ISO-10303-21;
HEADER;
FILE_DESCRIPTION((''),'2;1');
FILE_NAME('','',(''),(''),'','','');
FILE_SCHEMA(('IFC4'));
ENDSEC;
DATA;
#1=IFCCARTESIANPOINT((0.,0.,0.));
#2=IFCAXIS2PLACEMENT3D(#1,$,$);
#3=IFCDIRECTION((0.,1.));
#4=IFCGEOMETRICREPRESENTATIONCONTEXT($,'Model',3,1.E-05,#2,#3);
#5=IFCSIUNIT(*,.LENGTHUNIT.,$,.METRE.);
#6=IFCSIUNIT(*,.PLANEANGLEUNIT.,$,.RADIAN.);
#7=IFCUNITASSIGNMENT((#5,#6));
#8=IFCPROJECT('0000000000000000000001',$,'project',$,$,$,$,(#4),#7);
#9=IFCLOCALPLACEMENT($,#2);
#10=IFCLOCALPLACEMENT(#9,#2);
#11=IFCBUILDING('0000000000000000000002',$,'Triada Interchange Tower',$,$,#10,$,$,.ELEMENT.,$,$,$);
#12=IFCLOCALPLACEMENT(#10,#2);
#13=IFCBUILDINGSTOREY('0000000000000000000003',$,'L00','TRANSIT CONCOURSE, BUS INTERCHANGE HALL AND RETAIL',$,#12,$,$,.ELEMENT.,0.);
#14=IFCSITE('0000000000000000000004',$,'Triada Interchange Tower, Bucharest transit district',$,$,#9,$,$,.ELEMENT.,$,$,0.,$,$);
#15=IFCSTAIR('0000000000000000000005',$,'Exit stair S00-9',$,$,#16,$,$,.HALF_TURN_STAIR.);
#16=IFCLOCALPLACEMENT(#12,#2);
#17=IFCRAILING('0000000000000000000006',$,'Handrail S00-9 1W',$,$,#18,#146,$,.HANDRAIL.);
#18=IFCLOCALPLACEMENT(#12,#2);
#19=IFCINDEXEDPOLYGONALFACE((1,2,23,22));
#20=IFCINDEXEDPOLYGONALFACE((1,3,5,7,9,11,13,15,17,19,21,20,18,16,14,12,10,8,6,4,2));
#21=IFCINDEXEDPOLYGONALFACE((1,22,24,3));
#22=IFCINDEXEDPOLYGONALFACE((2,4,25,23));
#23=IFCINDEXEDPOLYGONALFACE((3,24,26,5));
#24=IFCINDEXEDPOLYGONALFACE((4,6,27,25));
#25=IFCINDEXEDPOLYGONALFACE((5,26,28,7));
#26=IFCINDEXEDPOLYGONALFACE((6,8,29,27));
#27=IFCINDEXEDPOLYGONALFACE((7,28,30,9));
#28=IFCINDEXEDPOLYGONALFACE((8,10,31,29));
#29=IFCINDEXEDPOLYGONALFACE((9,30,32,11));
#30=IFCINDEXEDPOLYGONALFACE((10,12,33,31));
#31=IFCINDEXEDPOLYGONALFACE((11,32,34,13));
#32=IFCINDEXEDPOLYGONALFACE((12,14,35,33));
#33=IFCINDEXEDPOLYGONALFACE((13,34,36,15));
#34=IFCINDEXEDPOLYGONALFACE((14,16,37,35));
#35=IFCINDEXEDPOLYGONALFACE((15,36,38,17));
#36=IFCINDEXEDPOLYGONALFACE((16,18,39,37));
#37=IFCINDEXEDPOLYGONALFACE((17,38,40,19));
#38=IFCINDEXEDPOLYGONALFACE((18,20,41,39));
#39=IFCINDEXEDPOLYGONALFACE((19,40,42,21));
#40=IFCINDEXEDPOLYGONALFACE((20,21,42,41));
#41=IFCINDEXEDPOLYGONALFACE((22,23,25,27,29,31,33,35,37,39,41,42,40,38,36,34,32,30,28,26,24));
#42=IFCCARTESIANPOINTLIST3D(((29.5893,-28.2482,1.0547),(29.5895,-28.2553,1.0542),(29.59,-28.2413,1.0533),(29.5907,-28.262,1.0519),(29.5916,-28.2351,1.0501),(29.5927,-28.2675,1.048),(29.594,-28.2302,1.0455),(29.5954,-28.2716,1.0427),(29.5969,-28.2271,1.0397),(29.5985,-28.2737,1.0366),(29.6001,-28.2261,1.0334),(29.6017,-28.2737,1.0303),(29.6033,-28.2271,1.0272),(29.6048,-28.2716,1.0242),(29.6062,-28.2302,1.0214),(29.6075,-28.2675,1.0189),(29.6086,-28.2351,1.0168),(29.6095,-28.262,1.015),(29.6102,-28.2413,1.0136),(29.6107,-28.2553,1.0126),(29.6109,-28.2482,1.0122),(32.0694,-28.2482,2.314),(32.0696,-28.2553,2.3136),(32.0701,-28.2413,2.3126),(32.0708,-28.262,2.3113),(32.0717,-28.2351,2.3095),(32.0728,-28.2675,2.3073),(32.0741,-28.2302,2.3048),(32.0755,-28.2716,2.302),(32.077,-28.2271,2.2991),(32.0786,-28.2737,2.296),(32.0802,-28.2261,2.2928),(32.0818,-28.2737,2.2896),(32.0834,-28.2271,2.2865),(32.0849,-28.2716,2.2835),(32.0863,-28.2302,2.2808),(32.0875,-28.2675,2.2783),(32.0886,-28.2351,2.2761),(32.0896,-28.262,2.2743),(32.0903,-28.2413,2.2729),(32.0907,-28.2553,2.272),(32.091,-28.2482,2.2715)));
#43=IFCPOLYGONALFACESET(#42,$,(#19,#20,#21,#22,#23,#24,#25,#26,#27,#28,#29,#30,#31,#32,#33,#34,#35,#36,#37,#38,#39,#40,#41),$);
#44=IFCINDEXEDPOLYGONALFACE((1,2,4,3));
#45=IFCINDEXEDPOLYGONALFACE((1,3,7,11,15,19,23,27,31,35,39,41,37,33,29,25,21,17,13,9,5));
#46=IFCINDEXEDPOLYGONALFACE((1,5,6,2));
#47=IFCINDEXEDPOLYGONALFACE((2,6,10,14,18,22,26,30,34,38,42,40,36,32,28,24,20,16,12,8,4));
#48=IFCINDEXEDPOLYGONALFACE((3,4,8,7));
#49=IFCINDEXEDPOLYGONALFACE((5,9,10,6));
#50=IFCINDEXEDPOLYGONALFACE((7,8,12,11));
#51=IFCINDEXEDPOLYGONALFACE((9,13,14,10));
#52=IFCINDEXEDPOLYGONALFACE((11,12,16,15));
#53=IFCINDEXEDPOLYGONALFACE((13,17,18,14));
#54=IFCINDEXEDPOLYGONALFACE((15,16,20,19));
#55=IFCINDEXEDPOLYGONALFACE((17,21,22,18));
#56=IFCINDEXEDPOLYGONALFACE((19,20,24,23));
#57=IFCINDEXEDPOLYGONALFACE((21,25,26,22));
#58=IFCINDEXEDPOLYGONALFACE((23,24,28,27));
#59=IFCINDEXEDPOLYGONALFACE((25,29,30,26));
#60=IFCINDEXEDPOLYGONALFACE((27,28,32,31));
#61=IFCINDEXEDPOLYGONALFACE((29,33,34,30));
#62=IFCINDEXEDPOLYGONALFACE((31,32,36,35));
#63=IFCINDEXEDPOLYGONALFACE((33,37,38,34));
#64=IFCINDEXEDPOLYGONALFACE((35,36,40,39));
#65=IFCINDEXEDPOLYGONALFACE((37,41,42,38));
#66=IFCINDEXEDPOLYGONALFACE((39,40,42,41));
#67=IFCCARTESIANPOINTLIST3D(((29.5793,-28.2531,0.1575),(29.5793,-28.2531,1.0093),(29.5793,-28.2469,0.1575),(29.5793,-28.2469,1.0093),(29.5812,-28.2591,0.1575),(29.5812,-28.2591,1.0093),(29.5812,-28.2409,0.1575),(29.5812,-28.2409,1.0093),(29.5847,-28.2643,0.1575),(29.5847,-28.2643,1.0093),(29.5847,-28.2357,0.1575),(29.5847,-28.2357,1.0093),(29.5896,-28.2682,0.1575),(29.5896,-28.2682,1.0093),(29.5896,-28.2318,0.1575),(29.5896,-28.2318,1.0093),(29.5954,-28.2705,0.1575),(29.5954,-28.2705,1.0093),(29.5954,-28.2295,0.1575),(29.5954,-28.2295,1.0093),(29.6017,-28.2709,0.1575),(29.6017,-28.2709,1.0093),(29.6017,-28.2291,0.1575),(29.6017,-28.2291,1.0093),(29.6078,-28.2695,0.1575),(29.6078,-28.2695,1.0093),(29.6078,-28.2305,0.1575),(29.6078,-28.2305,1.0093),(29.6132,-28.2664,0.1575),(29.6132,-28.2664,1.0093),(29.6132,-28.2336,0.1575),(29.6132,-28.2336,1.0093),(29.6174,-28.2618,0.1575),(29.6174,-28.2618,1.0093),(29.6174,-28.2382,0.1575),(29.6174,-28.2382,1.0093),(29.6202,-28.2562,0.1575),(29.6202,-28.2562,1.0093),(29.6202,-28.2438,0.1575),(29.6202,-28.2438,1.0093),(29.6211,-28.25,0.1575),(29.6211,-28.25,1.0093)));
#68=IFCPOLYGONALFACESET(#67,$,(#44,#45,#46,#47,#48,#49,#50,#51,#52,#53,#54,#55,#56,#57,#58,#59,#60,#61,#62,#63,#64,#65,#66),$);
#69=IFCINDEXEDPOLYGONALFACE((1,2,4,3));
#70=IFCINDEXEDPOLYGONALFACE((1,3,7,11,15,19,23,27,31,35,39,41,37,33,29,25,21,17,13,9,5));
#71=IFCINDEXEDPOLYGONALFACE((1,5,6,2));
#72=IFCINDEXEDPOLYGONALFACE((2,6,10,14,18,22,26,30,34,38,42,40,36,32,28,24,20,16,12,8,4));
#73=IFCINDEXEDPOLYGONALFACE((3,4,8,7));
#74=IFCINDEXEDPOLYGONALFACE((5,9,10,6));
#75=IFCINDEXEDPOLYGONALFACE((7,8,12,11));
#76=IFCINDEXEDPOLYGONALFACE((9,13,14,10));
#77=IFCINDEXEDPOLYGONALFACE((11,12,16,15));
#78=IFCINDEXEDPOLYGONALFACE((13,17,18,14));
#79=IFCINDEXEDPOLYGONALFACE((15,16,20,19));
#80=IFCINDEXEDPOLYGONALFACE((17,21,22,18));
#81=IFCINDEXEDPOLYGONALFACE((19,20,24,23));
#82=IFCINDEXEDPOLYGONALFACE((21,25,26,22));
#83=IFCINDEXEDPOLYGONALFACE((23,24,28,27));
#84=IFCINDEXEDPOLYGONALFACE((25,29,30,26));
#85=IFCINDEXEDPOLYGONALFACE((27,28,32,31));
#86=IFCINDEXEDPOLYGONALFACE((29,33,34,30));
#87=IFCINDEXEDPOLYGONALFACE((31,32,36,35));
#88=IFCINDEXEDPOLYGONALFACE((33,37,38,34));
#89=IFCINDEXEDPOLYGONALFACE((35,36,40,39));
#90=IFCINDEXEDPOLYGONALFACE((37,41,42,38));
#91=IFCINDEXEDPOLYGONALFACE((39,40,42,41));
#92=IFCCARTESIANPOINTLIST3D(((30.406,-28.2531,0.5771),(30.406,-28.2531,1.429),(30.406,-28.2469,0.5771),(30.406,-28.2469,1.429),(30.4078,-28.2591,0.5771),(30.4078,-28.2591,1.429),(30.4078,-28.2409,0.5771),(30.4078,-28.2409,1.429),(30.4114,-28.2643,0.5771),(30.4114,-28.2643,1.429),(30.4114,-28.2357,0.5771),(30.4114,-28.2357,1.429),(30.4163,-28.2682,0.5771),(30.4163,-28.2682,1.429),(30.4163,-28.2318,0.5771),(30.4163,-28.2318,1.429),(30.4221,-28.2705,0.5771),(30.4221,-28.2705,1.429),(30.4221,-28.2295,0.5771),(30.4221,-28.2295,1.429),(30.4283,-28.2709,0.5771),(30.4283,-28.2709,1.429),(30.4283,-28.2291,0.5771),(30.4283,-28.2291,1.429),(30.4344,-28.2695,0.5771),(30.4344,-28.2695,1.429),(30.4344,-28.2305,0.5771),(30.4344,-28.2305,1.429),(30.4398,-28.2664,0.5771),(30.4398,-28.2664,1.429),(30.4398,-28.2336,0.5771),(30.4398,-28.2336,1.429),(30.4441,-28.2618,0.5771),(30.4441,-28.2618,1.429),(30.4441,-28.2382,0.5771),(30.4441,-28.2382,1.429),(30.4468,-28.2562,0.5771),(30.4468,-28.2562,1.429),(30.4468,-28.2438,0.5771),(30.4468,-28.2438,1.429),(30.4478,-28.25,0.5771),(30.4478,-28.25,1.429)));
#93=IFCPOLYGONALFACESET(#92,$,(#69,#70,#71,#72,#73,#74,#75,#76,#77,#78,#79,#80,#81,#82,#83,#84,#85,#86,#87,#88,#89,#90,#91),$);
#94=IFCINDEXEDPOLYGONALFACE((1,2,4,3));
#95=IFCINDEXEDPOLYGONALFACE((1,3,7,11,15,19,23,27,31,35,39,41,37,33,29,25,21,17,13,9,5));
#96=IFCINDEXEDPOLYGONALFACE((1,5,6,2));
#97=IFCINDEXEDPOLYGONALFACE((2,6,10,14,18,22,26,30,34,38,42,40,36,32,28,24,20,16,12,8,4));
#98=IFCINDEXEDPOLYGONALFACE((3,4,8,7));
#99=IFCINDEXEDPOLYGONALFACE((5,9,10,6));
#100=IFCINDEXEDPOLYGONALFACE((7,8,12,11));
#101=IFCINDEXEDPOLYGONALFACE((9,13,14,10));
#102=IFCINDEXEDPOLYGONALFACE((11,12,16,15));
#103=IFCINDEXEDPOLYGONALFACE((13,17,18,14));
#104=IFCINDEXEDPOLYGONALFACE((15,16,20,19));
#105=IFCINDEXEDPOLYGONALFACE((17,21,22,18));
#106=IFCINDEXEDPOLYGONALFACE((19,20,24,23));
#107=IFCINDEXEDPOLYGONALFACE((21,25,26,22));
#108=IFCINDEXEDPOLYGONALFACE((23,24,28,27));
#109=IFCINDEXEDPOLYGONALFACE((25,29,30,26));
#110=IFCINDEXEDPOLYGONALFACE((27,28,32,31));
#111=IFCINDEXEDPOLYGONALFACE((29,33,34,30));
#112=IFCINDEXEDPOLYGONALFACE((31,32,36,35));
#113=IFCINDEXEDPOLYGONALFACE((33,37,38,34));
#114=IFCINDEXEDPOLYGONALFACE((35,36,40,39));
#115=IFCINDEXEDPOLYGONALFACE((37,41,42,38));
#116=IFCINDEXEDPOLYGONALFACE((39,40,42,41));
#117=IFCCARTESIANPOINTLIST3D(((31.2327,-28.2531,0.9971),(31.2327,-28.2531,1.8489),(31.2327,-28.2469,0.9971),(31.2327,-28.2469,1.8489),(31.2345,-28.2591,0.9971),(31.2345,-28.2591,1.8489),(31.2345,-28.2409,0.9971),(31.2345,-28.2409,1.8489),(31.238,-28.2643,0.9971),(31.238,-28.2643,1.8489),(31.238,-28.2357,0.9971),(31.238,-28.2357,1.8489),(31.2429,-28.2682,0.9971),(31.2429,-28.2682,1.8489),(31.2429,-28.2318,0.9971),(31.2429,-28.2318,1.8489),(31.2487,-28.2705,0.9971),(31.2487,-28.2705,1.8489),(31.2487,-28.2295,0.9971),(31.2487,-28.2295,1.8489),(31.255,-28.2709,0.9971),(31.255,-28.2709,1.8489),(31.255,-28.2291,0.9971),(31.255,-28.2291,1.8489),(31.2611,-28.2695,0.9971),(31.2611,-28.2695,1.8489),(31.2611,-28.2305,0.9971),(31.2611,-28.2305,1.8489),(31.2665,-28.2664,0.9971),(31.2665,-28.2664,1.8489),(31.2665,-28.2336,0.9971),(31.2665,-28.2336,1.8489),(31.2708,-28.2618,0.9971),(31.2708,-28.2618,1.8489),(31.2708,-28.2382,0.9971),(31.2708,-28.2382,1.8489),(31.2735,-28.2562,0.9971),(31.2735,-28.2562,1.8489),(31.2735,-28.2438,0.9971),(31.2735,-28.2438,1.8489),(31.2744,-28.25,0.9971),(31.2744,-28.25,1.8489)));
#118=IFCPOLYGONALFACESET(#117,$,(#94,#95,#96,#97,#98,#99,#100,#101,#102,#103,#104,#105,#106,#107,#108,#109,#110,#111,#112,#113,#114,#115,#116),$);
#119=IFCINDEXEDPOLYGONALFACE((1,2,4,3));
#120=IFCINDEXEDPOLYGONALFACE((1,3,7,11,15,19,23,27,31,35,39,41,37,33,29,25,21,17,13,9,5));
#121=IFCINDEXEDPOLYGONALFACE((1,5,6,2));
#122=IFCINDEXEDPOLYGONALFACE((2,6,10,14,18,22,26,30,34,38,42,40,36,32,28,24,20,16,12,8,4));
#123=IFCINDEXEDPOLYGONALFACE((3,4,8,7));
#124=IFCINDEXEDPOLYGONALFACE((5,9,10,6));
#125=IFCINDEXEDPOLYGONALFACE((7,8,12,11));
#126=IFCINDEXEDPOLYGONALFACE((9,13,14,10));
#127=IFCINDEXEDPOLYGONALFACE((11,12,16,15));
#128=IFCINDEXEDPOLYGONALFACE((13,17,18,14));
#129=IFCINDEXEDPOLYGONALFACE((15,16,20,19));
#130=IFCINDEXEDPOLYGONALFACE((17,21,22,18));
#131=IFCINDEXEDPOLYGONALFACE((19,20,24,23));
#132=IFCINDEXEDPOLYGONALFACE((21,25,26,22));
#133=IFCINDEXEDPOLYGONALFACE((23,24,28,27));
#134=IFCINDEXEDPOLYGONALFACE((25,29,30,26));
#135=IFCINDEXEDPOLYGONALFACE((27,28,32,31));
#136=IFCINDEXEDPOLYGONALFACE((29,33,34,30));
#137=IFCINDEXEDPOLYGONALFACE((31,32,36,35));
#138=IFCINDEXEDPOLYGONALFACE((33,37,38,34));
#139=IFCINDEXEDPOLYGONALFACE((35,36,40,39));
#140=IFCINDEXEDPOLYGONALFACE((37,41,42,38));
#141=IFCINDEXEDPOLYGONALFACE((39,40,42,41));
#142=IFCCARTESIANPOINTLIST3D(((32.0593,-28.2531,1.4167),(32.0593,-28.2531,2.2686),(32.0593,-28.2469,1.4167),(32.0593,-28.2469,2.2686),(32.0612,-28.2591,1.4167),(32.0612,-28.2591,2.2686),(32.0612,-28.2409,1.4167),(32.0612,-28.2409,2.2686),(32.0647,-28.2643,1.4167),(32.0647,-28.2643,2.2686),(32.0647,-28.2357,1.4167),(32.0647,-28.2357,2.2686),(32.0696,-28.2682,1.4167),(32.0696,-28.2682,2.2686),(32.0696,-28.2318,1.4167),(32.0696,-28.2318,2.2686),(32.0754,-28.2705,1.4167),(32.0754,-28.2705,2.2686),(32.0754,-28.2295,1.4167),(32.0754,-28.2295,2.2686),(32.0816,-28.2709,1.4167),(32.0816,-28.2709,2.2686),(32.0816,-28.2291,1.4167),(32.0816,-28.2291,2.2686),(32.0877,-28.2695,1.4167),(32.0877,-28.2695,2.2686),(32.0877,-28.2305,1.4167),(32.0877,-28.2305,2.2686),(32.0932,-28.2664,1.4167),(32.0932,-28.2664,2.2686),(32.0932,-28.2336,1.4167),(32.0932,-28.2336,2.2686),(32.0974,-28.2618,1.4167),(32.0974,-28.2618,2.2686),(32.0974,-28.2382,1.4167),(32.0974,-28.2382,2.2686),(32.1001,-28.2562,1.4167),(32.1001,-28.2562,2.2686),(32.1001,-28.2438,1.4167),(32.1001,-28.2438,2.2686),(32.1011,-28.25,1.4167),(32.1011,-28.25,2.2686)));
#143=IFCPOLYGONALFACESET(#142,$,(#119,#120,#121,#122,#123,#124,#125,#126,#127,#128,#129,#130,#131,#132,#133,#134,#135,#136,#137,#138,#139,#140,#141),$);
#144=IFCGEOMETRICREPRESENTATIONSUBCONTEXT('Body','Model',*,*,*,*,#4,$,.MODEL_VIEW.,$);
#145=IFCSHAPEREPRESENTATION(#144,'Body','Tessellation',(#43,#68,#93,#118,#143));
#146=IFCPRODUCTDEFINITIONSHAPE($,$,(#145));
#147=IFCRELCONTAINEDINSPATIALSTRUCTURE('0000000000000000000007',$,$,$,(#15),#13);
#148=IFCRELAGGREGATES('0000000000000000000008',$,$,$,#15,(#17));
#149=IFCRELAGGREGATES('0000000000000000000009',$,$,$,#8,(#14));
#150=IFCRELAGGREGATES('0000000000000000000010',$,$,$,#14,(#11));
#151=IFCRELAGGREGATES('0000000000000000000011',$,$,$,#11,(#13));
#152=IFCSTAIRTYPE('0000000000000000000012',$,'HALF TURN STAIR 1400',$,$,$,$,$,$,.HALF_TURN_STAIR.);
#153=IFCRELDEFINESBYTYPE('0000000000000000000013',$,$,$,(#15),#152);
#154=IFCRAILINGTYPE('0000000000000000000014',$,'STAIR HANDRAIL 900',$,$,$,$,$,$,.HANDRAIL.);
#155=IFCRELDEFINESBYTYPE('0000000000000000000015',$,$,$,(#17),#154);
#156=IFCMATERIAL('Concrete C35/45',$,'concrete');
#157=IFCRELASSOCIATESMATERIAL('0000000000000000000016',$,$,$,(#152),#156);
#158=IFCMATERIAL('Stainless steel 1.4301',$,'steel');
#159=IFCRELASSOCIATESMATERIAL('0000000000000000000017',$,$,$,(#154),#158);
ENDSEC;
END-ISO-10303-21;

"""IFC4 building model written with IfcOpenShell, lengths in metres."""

from ifc_helpers import new_model, si_unit, direction, frame, origin, origin_2d, place, context, subcontext, project, spatial, circle, extrude, material, type_object, element, aggregate, save


model = new_model("IFC4")

# Units and contexts
model_context = context("Model", 3, precision=1e-05, world=origin(), true_north=direction((0.0, 1.0)))
body_context = subcontext(model_context, "Body", "Model", "MODEL_VIEW")
ifc_project = project(units=[si_unit("LENGTHUNIT", "METRE"), si_unit("PLANEANGLEUNIT", "RADIAN")], contexts=[model_context])

# Site, building, storey
site_placement = place(None, origin())
site = spatial("IfcSite", under=ifc_project, at=site_placement, Name="Triada Interchange Tower, Bucharest transit district", CompositionType="ELEMENT", RefElevation=0.0)
building_placement = place(site_placement, origin())
building = spatial("IfcBuilding", under=site, at=building_placement, Name="Triada Interchange Tower", CompositionType="ELEMENT")
storey_placement = place(building_placement, origin())
storey = spatial("IfcBuildingStorey", under=building, at=storey_placement, Name="L00", Description="TRANSIT CONCOURSE, BUS INTERCHANGE HALL AND RETAIL", CompositionType="ELEMENT", Elevation=0.0)

# Stair, railing
ifc_material_1 = material(Name="Concrete C35/45", Category="concrete")
stair_type = type_object("IfcStairType", Name="HALF TURN STAIR 1400", PredefinedType="HALF_TURN_STAIR", material=ifc_material_1)
stair_placement = place(storey_placement, origin())
stair = element("IfcStair", 1, at=stair_placement, inside=storey, type_object=stair_type, Name="Exit stair S00-9", PredefinedType="HALF_TURN_STAIR")
ifc_material_2 = material(Name="Stainless steel 1.4301", Category="steel")
railing_type = type_object("IfcRailingType", Name="STAIR HANDRAIL 900", PredefinedType="HANDRAIL", material=ifc_material_2)
railing_1_placement = place(storey_placement, frame((29.6001, -28.25, 0.1575)))
railing_1 = element("IfcRailing", 2, at=railing_1_placement, type_object=railing_type, Name="Handrail S00-9 1W", PredefinedType="HANDRAIL", context=body_context, shape_type="SweptSolid", body=[
    extrude(circle(Radius=0.0239, at=origin_2d()), frame((0.0, 0.0, 0.876), z_axis=(0.891636, 0.0, 0.452752), x_axis=(0.0, 1.0, 0.0)), (0.0, 0.0, 1.0), 2.7815),
    extrude(circle(Radius=0.021, at=origin_2d()), origin(), (0.0, 0.0, 1.0), 0.8518),
    extrude(circle(Radius=0.021, at=origin_2d()), frame((0.8267, 0.0, 0.4197)), (0.0, 0.0, 1.0), 0.8518),
    extrude(circle(Radius=0.021, at=origin_2d()), frame((1.6533, 0.0, 0.8396)), (0.0, 0.0, 1.0), 0.8518),
    extrude(circle(Radius=0.021, at=origin_2d()), frame((2.48, 0.0, 1.2593)), (0.0, 0.0, 1.0), 0.8518),
])
aggregate(stair, [railing_1])

save(model, "model.ifc")
